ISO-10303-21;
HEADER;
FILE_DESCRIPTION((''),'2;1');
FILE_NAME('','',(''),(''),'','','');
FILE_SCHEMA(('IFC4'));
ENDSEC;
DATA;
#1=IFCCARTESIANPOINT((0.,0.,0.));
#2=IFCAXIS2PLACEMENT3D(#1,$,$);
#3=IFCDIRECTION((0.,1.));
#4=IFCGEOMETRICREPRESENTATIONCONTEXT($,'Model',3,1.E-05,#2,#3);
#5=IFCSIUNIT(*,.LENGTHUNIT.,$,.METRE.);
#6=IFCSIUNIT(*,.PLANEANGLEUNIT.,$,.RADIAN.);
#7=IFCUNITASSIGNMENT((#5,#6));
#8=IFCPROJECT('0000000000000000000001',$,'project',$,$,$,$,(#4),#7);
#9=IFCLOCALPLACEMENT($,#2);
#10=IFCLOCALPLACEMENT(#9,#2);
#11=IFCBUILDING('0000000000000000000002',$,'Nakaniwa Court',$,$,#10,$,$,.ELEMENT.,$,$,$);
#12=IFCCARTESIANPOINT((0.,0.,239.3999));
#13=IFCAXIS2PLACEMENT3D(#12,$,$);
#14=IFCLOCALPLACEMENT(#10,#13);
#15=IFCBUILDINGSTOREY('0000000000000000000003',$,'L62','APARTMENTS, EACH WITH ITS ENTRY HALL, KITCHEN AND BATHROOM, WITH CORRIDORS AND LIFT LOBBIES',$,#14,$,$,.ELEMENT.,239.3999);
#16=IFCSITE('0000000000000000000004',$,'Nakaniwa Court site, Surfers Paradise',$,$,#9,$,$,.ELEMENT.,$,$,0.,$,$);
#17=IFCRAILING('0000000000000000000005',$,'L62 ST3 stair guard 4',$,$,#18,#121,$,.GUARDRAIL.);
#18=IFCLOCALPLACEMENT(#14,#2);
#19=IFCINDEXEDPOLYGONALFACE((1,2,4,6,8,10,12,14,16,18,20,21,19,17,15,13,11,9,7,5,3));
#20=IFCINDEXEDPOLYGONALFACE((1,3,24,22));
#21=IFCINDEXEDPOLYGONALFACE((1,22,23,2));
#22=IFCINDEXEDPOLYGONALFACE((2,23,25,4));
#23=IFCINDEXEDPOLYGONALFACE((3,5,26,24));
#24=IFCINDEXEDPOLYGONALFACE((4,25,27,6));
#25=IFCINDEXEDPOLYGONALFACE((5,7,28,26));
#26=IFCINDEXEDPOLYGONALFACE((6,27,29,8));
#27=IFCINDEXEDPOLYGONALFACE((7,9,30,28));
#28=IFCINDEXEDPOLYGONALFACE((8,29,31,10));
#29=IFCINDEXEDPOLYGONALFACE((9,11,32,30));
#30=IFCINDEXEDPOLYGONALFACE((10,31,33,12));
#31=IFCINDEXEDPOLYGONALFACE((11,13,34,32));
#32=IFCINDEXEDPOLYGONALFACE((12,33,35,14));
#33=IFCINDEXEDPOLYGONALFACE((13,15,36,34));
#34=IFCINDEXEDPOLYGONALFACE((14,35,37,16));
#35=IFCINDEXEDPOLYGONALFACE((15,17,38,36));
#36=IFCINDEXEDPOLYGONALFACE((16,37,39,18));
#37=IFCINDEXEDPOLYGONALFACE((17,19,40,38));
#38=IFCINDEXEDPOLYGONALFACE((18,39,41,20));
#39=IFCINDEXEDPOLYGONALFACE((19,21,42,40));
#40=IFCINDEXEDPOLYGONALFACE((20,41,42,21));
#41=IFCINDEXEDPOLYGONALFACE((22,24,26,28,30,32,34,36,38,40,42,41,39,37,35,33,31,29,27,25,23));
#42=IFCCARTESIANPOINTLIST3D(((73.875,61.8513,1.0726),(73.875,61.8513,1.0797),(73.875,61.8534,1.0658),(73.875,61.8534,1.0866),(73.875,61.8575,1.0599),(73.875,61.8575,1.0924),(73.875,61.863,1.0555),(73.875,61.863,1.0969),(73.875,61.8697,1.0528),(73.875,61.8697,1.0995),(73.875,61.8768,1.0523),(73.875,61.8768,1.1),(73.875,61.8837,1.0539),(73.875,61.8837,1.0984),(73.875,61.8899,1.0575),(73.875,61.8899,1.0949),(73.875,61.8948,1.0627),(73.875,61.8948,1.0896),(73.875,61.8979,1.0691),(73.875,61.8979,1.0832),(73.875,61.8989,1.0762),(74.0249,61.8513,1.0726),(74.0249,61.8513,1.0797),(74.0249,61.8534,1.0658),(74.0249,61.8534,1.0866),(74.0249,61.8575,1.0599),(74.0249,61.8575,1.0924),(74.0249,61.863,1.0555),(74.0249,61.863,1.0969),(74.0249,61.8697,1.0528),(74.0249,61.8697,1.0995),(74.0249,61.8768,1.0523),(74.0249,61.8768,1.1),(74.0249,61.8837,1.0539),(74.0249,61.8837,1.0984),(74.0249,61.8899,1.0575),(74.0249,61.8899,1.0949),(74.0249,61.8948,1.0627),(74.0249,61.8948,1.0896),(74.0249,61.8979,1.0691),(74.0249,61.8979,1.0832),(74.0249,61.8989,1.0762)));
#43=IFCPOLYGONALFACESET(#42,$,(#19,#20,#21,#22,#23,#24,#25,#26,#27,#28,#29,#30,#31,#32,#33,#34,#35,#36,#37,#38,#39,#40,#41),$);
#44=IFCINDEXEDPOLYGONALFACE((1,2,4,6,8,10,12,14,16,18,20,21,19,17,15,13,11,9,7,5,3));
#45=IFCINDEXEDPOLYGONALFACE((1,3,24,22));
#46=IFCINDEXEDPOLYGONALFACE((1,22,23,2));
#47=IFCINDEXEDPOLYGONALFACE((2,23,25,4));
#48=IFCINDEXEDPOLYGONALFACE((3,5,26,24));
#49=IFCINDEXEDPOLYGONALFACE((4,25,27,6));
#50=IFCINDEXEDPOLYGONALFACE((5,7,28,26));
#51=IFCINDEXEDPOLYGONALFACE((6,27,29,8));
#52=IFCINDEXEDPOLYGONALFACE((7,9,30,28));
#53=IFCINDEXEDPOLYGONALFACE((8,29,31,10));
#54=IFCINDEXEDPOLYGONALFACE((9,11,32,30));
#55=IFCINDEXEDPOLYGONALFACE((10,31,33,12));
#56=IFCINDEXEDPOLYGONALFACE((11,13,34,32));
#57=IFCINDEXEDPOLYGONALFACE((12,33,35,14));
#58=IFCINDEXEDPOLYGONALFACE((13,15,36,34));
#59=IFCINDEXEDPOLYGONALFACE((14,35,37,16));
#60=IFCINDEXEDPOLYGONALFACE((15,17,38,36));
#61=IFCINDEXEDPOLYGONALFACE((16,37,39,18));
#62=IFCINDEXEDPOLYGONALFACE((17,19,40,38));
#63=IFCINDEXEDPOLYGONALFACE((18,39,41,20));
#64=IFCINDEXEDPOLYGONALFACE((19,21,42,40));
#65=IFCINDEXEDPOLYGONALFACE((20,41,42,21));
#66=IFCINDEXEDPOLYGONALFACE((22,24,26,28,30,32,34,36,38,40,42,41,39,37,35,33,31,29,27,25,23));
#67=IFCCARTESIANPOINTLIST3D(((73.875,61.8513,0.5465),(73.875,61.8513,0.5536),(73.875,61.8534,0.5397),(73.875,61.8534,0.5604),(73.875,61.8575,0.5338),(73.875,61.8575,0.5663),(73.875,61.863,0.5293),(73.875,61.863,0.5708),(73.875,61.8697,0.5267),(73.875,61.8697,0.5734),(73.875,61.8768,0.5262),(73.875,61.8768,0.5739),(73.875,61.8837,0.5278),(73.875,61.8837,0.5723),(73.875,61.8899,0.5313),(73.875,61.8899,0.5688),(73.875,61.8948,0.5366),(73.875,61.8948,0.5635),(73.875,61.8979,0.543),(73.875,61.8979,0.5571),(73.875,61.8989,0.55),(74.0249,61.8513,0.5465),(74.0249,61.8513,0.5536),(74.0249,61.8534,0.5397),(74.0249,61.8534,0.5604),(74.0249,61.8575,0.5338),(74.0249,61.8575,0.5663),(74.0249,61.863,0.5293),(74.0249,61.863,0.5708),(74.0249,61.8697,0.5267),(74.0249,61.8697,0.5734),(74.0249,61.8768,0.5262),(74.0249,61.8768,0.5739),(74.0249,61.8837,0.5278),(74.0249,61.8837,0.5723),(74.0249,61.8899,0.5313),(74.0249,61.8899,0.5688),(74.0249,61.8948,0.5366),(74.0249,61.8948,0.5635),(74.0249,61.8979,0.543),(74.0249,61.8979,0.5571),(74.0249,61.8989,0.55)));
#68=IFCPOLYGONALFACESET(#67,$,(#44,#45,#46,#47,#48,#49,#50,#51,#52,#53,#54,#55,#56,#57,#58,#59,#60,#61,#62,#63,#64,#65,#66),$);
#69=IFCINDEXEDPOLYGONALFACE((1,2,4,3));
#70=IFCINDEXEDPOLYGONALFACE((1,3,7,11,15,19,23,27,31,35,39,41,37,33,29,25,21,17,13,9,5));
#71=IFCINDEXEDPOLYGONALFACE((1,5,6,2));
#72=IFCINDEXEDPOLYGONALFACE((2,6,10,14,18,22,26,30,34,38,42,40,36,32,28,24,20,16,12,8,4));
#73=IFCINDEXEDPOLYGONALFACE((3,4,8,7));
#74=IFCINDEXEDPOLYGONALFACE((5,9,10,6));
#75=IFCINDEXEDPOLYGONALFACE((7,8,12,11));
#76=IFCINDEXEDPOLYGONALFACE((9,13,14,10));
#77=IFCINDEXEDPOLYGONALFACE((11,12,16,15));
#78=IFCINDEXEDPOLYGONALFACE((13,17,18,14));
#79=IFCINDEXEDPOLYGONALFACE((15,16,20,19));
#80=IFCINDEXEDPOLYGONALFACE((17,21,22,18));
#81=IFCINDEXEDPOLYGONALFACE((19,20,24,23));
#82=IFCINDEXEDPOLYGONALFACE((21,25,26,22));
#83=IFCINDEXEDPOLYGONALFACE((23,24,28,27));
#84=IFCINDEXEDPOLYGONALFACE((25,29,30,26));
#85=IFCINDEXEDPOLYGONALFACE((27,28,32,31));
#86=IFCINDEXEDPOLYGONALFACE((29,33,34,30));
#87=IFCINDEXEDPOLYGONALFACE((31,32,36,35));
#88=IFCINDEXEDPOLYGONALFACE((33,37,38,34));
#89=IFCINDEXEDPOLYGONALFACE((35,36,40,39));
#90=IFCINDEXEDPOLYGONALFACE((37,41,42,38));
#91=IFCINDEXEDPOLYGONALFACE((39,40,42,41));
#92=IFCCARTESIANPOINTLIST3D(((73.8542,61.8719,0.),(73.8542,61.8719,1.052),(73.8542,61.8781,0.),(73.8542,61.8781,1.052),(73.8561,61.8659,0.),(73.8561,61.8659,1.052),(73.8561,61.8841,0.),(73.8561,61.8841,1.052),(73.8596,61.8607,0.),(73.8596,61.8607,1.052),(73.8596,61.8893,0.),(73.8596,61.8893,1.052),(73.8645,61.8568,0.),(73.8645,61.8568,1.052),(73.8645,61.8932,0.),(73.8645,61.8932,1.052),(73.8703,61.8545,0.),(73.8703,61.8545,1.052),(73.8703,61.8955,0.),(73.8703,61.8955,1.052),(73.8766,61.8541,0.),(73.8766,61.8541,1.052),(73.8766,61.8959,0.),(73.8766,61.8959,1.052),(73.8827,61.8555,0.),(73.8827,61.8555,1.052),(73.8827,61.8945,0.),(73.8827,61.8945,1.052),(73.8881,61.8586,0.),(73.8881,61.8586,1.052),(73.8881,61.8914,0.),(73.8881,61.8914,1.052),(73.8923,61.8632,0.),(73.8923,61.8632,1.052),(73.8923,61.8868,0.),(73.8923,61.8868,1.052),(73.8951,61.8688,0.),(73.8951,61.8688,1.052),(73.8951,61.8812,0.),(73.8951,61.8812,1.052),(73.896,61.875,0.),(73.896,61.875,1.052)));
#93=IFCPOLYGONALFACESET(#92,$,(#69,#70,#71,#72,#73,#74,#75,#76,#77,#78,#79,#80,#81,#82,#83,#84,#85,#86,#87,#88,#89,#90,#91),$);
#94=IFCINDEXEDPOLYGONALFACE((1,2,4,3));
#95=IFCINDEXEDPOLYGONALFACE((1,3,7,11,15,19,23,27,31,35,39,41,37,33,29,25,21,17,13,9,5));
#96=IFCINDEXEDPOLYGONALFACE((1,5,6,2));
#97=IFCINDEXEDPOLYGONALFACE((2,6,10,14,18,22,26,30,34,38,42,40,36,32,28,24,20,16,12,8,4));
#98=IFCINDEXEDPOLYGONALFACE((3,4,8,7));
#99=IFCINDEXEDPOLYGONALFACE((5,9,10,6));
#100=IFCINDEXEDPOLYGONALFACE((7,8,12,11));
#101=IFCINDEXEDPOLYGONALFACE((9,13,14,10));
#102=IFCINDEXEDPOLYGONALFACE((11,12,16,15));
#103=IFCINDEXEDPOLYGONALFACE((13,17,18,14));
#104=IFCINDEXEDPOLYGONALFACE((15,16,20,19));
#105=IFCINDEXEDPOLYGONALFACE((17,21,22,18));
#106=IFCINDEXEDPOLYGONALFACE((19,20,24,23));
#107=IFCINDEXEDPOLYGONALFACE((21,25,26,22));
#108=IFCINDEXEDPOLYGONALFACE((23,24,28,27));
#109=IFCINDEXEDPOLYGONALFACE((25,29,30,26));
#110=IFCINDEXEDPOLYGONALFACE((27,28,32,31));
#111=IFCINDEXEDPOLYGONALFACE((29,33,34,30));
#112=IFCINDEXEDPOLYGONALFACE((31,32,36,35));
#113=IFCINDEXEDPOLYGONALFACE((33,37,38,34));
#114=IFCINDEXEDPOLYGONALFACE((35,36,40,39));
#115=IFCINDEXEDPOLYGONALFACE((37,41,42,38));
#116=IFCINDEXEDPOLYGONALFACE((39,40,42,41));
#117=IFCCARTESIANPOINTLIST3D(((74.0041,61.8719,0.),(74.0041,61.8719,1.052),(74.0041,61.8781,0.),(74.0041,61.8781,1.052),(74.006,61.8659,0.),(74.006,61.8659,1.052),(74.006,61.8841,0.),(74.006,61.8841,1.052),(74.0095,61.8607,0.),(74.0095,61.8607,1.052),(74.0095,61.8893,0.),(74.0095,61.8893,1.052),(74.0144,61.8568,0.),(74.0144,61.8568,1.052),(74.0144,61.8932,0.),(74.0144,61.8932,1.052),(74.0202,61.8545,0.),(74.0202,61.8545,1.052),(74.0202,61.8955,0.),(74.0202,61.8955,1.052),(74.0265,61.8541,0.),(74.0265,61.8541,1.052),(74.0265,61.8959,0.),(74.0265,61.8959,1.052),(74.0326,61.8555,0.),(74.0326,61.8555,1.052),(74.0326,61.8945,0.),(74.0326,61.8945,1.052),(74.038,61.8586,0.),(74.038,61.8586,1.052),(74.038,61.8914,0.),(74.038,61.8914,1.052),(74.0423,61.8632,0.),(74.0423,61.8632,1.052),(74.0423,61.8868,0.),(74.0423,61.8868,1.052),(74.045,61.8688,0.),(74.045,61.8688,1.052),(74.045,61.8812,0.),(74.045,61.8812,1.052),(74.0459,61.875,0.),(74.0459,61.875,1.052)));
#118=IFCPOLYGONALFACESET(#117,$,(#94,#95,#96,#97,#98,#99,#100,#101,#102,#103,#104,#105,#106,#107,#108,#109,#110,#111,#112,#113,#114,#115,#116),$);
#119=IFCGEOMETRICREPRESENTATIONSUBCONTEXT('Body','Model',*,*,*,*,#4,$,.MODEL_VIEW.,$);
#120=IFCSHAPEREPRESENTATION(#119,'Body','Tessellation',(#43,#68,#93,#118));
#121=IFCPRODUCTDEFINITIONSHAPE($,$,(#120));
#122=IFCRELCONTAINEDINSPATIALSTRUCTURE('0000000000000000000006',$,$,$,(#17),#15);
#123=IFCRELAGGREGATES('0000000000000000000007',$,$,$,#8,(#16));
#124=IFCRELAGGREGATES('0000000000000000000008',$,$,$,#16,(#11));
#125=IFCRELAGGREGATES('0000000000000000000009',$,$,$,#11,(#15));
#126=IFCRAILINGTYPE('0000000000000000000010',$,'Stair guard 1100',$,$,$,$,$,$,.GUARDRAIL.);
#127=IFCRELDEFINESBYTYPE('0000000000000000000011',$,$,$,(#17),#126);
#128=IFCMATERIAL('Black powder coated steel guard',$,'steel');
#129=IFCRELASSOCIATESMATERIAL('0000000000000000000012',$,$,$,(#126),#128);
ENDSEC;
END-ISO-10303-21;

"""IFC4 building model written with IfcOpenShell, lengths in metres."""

from ifc_helpers import new_model, si_unit, direction, frame, origin, origin_2d, place, context, subcontext, project, spatial, circle, extrude, material, type_object, element, save


model = new_model("IFC4")

# Units and contexts
model_context = context("Model", 3, precision=1e-05, world=origin(), true_north=direction((0.0, 1.0)))
body_context = subcontext(model_context, "Body", "Model", "MODEL_VIEW")
ifc_project = project(units=[si_unit("LENGTHUNIT", "METRE"), si_unit("PLANEANGLEUNIT", "RADIAN")], contexts=[model_context])

# Site, building, storey
site_placement = place(None, origin())
site = spatial("IfcSite", under=ifc_project, at=site_placement, Name="Nakaniwa Court site, Surfers Paradise", CompositionType="ELEMENT", RefElevation=0.0)
building_placement = place(site_placement, origin())
building = spatial("IfcBuilding", under=site, at=building_placement, Name="Nakaniwa Court", CompositionType="ELEMENT")
storey_placement = place(building_placement, frame((0.0, 0.0, 239.3999)))
storey = spatial("IfcBuildingStorey", under=building, at=storey_placement, Name="L62", Description="APARTMENTS, EACH WITH ITS ENTRY HALL, KITCHEN AND BATHROOM, WITH CORRIDORS AND LIFT LOBBIES", CompositionType="ELEMENT", Elevation=239.3999)

# Railing
ifc_material_1 = material(Name="Black powder coated steel guard", Category="steel")
railing_type_1 = type_object("IfcRailingType", Name="Stair guard 1100", PredefinedType="GUARDRAIL", material=ifc_material_1)
railing_1_placement = place(storey_placement, frame((73.875, 61.875, 0.0)))
element("IfcRailing", 1, at=railing_1_placement, inside=storey, type_object=railing_type_1, Name="L62 ST3 stair guard 4", PredefinedType="GUARDRAIL", context=body_context, shape_type="SweptSolid", body=[
    extrude(circle(Radius=0.0239, at=origin_2d()), frame((0.0, 0.0, 1.0762), z_axis=(1.0, 0.0, 0.0), x_axis=(0.0, 1.0, 0.0)), (0.0, 0.0, 1.0), 0.1499),
    extrude(circle(Radius=0.0239, at=origin_2d()), frame((0.0, 0.0, 0.55), z_axis=(1.0, 0.0, 0.0), x_axis=(0.0, 1.0, 0.0)), (0.0, 0.0, 1.0), 0.1499),
    extrude(circle(Radius=0.021, at=origin_2d()), origin(), (0.0, 0.0, 1.0), 1.052),
    extrude(circle(Radius=0.021, at=origin_2d()), frame((0.1499, 0.0, 0.0)), (0.0, 0.0, 1.0), 1.052),
])

save(model, "model.ifc")
